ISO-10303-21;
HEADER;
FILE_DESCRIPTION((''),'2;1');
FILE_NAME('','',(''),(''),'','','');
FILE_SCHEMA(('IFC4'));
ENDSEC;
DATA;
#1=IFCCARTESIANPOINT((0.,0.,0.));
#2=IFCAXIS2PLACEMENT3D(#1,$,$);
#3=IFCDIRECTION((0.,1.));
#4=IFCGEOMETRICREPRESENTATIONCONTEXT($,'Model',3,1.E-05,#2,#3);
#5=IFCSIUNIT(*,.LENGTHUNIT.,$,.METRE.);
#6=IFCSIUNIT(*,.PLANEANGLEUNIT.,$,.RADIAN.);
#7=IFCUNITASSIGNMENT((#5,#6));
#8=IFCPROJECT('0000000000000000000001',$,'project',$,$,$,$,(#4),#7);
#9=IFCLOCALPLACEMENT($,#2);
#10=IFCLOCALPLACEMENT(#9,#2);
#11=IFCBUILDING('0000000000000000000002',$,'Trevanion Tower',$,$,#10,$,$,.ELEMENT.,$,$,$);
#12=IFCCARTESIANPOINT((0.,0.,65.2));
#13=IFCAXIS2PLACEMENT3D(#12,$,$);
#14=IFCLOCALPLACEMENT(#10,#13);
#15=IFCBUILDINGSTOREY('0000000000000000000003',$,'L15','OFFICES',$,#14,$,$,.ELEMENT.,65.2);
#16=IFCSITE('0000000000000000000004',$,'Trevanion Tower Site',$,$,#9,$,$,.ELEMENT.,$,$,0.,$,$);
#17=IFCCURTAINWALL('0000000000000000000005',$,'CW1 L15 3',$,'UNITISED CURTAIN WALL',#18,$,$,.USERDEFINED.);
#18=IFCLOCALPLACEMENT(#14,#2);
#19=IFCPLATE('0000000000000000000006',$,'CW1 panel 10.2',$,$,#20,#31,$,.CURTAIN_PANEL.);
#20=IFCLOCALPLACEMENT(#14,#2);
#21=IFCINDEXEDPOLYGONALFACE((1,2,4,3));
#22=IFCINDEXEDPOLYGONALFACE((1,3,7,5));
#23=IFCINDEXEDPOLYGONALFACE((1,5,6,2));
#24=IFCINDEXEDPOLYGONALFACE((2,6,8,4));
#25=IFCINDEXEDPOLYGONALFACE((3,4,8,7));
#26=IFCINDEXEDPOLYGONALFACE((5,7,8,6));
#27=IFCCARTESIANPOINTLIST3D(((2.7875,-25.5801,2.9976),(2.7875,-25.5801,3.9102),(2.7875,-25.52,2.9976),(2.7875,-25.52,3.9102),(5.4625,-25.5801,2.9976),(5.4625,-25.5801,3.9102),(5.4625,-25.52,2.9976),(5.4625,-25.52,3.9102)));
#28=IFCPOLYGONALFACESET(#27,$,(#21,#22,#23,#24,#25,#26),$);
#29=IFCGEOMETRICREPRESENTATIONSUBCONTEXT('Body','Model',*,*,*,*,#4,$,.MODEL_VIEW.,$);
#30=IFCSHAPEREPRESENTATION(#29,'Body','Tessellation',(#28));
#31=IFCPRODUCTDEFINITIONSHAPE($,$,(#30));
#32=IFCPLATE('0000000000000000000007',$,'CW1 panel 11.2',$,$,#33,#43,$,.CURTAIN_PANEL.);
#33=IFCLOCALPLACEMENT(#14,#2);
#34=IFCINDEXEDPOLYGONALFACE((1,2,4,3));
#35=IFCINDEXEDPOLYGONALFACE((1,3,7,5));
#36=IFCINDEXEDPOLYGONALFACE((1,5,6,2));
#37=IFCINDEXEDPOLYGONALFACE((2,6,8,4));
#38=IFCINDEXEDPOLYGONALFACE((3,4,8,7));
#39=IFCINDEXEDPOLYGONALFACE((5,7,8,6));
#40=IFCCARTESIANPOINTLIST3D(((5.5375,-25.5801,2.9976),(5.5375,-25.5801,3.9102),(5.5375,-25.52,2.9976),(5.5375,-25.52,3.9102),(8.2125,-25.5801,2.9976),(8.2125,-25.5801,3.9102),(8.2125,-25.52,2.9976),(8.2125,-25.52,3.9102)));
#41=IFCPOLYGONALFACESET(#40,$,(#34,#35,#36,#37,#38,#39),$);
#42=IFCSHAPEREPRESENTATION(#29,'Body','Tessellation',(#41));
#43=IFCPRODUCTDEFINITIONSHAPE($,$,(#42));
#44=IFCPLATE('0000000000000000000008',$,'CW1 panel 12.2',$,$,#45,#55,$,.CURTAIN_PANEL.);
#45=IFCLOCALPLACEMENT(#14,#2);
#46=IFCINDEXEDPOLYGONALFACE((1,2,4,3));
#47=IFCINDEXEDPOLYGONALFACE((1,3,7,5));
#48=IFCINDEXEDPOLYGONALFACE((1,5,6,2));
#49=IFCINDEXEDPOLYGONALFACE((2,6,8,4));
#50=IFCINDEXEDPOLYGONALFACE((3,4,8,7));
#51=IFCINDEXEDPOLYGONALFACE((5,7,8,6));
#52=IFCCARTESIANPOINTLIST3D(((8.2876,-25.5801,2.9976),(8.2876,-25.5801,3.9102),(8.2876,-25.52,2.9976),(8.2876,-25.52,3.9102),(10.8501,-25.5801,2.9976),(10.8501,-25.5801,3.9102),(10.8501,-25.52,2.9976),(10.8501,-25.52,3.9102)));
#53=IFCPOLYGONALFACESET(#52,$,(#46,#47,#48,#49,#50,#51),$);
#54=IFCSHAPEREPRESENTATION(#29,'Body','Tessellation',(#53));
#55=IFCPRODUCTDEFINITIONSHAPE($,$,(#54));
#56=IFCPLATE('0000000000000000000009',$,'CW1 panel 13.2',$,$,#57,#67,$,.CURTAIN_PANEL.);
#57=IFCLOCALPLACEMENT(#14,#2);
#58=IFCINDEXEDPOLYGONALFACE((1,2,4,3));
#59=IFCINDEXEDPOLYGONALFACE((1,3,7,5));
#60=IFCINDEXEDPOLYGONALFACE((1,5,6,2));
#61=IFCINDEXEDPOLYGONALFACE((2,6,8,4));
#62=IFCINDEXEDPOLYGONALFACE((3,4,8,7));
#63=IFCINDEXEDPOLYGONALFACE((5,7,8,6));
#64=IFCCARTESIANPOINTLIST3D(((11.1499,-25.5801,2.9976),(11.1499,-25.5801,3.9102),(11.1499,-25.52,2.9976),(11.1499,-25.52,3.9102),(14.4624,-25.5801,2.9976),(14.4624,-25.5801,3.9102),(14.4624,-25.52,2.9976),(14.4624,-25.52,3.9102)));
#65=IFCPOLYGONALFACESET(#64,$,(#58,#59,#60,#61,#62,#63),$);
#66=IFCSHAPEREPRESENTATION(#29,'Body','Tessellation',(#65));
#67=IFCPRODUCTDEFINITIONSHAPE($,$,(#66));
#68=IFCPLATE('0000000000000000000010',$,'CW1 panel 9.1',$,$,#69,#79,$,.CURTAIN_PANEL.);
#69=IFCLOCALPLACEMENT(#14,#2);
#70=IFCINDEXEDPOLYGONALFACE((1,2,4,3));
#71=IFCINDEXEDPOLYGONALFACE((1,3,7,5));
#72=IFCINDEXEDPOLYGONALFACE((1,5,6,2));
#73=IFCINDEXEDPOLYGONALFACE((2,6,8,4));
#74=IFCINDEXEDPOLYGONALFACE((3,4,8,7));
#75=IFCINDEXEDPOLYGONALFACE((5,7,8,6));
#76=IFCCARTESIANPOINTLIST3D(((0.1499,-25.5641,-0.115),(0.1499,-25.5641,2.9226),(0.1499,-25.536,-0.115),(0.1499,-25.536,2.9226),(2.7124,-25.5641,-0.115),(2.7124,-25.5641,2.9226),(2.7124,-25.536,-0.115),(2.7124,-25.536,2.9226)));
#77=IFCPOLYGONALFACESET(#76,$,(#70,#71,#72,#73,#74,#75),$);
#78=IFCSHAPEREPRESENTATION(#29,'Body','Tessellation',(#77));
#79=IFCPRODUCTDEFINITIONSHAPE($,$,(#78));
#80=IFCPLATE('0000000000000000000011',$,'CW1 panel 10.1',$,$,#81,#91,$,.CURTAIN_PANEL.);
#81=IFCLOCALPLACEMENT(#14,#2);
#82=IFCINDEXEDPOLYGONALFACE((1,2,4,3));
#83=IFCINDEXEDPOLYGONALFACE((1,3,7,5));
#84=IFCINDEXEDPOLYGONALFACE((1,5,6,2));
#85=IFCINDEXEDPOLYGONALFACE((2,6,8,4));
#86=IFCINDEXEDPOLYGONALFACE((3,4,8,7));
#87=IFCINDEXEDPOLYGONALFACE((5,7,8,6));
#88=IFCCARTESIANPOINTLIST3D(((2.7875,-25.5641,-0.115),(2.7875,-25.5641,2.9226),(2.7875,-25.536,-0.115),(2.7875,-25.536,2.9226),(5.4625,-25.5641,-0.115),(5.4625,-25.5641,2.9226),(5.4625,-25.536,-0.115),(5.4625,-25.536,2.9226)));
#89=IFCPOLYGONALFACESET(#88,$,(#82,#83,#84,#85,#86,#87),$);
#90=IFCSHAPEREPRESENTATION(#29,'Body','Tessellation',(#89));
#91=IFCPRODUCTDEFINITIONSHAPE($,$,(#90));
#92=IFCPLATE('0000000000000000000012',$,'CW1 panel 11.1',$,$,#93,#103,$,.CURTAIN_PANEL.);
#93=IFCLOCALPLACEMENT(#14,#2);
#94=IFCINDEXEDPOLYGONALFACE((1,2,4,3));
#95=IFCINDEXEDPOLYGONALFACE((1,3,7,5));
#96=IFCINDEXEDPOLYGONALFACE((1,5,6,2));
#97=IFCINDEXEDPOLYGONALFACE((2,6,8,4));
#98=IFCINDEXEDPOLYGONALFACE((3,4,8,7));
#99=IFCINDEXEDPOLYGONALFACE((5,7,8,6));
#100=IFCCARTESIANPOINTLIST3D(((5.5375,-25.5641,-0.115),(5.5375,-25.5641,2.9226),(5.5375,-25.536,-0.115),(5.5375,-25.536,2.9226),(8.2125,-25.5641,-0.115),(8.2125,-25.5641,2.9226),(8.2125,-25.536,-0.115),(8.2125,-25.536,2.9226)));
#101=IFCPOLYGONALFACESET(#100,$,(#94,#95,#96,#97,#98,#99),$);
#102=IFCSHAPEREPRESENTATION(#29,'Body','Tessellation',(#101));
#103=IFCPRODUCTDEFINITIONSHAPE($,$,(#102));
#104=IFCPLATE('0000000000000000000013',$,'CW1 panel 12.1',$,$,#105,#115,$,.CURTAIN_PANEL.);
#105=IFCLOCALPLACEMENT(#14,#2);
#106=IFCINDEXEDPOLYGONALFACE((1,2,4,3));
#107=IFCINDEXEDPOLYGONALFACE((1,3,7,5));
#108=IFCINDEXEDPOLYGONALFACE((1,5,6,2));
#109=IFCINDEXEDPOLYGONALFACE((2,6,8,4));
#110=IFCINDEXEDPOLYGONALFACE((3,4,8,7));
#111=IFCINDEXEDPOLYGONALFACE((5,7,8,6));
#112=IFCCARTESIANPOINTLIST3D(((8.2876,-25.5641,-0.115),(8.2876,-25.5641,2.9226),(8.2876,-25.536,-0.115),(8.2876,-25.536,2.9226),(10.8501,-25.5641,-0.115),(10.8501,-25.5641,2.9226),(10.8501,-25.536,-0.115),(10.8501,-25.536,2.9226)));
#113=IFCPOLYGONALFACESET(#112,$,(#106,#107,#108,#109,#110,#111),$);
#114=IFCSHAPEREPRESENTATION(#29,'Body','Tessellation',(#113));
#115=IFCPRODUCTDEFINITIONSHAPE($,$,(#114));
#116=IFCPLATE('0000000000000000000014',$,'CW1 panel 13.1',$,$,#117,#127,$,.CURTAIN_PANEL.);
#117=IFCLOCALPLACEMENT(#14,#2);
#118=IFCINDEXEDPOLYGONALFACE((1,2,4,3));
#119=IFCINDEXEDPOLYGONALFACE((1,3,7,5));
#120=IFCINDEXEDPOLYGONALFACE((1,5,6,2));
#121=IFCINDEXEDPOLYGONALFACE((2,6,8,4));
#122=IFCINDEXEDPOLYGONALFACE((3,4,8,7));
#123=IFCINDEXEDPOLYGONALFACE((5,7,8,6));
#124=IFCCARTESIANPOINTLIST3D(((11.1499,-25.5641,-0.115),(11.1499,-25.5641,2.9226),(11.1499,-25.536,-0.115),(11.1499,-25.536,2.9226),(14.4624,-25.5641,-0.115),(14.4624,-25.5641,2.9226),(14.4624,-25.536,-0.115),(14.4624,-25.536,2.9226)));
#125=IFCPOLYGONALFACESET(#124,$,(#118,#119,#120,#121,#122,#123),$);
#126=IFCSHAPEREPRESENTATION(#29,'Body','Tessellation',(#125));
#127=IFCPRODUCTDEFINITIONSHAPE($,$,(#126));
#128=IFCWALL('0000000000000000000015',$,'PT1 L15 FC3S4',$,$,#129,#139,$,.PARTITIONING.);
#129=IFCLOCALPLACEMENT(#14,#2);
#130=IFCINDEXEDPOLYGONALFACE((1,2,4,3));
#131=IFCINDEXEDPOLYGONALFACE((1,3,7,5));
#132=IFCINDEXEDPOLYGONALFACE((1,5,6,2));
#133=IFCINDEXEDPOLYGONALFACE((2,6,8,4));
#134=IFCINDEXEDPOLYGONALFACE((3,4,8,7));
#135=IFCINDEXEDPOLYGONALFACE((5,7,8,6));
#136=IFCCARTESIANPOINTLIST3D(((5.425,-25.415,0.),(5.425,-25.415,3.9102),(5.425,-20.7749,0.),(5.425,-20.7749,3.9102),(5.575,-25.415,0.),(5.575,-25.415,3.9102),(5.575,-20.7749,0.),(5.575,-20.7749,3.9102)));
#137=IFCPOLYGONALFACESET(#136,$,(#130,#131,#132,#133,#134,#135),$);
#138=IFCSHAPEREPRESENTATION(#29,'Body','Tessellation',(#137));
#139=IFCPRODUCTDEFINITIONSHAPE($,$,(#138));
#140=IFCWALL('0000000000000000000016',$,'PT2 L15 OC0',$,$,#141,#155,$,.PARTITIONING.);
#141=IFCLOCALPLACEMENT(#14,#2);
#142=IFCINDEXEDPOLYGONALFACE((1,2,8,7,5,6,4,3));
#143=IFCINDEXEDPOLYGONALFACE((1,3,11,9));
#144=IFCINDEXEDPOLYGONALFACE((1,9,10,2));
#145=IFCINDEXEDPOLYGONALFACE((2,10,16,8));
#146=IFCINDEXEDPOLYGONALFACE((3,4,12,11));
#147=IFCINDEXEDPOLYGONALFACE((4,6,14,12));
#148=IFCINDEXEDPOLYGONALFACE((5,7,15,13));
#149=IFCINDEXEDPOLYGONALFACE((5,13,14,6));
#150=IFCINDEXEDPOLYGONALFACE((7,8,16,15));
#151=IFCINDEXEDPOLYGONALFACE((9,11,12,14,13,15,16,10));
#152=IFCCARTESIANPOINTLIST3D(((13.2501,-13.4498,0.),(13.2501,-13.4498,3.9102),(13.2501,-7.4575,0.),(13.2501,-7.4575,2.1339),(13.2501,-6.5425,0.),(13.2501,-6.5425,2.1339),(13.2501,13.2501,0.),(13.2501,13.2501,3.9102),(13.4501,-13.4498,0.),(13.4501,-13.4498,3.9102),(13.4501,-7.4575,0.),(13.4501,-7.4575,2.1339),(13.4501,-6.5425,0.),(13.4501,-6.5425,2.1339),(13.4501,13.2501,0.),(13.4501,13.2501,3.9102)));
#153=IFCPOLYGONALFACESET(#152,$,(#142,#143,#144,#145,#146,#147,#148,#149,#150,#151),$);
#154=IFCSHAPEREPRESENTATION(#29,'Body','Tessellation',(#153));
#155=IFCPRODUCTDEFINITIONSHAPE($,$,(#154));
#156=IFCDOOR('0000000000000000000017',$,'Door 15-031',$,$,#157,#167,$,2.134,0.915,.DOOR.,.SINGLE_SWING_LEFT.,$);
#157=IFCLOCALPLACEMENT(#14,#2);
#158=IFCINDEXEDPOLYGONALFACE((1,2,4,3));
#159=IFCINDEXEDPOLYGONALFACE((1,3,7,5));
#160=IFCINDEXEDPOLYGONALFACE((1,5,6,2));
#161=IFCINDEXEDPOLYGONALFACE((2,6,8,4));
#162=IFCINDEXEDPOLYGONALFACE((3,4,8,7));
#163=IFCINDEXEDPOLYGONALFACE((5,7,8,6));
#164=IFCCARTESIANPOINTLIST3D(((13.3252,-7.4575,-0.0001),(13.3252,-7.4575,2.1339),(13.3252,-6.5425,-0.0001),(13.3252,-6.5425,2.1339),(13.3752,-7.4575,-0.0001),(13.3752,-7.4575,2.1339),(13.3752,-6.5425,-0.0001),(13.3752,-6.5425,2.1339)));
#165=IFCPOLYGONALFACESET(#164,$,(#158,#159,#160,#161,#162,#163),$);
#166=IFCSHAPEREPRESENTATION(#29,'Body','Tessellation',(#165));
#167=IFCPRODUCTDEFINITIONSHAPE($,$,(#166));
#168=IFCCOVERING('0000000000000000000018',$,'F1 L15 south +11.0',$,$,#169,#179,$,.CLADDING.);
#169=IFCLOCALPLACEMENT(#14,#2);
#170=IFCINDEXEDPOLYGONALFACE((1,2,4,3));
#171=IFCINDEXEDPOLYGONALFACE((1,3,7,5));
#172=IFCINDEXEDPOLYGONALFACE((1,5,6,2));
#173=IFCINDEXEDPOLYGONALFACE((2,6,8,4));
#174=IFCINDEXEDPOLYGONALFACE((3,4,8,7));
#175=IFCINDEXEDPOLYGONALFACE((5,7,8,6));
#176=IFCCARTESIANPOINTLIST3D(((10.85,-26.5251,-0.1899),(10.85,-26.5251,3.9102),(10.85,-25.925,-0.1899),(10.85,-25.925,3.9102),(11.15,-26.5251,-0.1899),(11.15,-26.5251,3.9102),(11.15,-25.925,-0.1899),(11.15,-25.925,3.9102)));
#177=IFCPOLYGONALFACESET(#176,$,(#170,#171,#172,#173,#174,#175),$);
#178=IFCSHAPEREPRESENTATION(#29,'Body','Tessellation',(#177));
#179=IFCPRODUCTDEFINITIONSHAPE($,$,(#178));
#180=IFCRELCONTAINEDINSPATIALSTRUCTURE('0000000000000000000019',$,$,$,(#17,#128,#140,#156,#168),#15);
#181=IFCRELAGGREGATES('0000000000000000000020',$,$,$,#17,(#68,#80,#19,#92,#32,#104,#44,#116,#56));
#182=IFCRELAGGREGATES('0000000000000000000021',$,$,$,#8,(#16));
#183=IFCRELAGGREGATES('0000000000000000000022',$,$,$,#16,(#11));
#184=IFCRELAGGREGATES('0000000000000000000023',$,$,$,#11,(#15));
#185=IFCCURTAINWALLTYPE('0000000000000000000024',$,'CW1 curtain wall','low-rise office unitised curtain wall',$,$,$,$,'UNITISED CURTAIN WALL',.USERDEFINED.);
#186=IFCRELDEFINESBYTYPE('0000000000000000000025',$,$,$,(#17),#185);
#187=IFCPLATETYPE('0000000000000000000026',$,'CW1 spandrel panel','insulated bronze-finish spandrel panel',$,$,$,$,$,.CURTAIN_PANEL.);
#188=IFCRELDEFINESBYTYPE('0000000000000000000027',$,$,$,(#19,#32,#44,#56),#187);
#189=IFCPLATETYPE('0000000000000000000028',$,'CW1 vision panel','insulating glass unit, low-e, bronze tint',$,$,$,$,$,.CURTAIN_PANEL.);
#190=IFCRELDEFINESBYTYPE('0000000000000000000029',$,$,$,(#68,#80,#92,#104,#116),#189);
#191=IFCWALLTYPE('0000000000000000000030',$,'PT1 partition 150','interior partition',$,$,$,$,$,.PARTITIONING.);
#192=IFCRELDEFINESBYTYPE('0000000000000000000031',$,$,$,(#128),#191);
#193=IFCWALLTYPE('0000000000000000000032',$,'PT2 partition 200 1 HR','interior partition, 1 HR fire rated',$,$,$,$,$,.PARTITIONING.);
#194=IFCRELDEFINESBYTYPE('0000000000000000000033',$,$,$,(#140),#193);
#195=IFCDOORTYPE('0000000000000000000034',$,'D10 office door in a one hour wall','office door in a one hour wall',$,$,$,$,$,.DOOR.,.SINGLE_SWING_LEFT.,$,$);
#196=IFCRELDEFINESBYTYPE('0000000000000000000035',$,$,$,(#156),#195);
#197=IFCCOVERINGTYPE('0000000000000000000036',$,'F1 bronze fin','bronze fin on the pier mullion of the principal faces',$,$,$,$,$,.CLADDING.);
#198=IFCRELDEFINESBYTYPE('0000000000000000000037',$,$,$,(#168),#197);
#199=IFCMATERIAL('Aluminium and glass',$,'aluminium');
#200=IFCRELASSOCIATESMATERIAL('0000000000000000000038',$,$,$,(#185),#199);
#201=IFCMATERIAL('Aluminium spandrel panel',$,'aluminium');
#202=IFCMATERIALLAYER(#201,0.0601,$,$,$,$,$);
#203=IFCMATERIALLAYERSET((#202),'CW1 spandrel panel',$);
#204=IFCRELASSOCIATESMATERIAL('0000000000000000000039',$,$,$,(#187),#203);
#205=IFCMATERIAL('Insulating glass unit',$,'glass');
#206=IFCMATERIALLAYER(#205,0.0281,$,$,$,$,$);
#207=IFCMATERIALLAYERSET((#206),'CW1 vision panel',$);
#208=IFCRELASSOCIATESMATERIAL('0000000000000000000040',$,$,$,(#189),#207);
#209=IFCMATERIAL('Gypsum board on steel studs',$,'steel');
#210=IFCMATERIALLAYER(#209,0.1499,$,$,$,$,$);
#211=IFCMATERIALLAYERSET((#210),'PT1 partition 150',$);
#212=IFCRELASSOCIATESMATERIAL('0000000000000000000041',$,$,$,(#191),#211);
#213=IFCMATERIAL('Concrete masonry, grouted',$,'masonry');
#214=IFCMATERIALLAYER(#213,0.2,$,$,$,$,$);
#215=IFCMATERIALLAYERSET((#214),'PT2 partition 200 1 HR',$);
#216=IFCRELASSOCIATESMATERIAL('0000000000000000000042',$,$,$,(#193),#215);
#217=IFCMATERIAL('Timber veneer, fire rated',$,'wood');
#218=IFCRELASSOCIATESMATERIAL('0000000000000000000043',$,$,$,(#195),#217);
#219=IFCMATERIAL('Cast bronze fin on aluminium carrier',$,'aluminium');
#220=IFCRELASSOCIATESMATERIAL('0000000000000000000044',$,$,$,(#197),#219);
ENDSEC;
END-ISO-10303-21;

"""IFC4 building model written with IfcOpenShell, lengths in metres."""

from ifc_helpers import new_model, si_unit, direction, frame, frame_2d, origin, origin_2d, place, context, subcontext, project, spatial, rectangle, extrude, material, layer, layer_set, type_object, element, fill, aggregate, save


model = new_model("IFC4")

# Units and contexts
model_context = context("Model", 3, precision=1e-05, world=origin(), true_north=direction((0.0, 1.0)))
body_context = subcontext(model_context, "Body", "Model", "MODEL_VIEW")
ifc_project = project(units=[si_unit("LENGTHUNIT", "METRE"), si_unit("PLANEANGLEUNIT", "RADIAN")], contexts=[model_context])

# Site, building, storey
site_placement = place(None, origin())
site = spatial("IfcSite", under=ifc_project, at=site_placement, Name="Trevanion Tower Site", CompositionType="ELEMENT", RefElevation=0.0)
building_placement = place(site_placement, origin())
building = spatial("IfcBuilding", under=site, at=building_placement, Name="Trevanion Tower", CompositionType="ELEMENT")
storey_placement = place(building_placement, frame((0.0, 0.0, 65.2)))
storey = spatial("IfcBuildingStorey", under=building, at=storey_placement, Name="L15", Description="OFFICES", CompositionType="ELEMENT", Elevation=65.2)

# Curtain wall
ifc_material_1 = material(Name="Aluminium and glass", Category="aluminium")
curtain_wall_type = type_object("IfcCurtainWallType", Name="CW1 curtain wall", Description="low-rise office unitised curtain wall", ElementType="UNITISED CURTAIN WALL", PredefinedType="USERDEFINED", material=ifc_material_1)
curtain_wall_placement = place(storey_placement, origin())
curtain_wall = element("IfcCurtainWall", 1, at=curtain_wall_placement, inside=storey, type_object=curtain_wall_type, Name="CW1 L15 3", ObjectType="UNITISED CURTAIN WALL", PredefinedType="USERDEFINED")

# Plates
ifc_material_2 = material(Name="Aluminium spandrel panel", Category="aluminium")
ifc_layer_1 = layer(ifc_material_2, 0.0601)
ifc_layer_set_1 = layer_set([ifc_layer_1], Name="CW1 spandrel panel")
plate_type_1 = type_object("IfcPlateType", Name="CW1 spandrel panel", Description="insulated bronze-finish spandrel panel", PredefinedType="CURTAIN_PANEL", material=ifc_layer_set_1)
plate_1_placement = place(storey_placement, frame((4.125, -25.55, 2.9976), z_axis=(0.0, 0.0, 1.0), x_axis=(1.0, 0.0, 0.0)))
plate_1 = element("IfcPlate", 2, at=plate_1_placement, type_object=plate_type_1, Name="CW1 panel 10.2", PredefinedType="CURTAIN_PANEL", context=body_context, shape_type="SweptSolid", body=[
    extrude(rectangle(XDim=2.675, YDim=0.0601, at=origin_2d()), origin(), (0.0, 0.0, 1.0), 0.9126),
])
plate_2_placement = place(storey_placement, frame((6.875, -25.55, 2.9976), z_axis=(0.0, 0.0, 1.0), x_axis=(1.0, 0.0, 0.0)))
plate_2 = element("IfcPlate", 3, at=plate_2_placement, type_object=plate_type_1, Name="CW1 panel 11.2", PredefinedType="CURTAIN_PANEL", context=body_context, shape_type="SweptSolid", body=[
    extrude(rectangle(XDim=2.675, YDim=0.0601, at=origin_2d()), origin(), (0.0, 0.0, 1.0), 0.9126),
])
plate_3_placement = place(storey_placement, frame((9.5688, -25.55, 2.9976), z_axis=(0.0, 0.0, 1.0), x_axis=(1.0, 0.0, 0.0)))
plate_3 = element("IfcPlate", 4, at=plate_3_placement, type_object=plate_type_1, Name="CW1 panel 12.2", PredefinedType="CURTAIN_PANEL", context=body_context, shape_type="SweptSolid", body=[
    extrude(rectangle(XDim=2.5625, YDim=0.0601, at=origin_2d()), origin(), (0.0, 0.0, 1.0), 0.9126),
])
plate_4_placement = place(storey_placement, frame((12.8062, -25.55, 2.9976), z_axis=(0.0, 0.0, 1.0), x_axis=(1.0, 0.0, 0.0)))
plate_4 = element("IfcPlate", 5, at=plate_4_placement, type_object=plate_type_1, Name="CW1 panel 13.2", PredefinedType="CURTAIN_PANEL", context=body_context, shape_type="SweptSolid", body=[
    extrude(rectangle(XDim=3.3125, YDim=0.0601, at=origin_2d()), origin(), (0.0, 0.0, 1.0), 0.9126),
])
ifc_material_3 = material(Name="Insulating glass unit", Category="glass")
ifc_layer_2 = layer(ifc_material_3, 0.0281)
ifc_layer_set_2 = layer_set([ifc_layer_2], Name="CW1 vision panel")
plate_type_2 = type_object("IfcPlateType", Name="CW1 vision panel", Description="insulating glass unit, low-e, bronze tint", PredefinedType="CURTAIN_PANEL", material=ifc_layer_set_2)
plate_5_placement = place(storey_placement, frame((1.4312, -25.55, -0.115), z_axis=(0.0, 0.0, 1.0), x_axis=(1.0, 0.0, 0.0)))
plate_5 = element("IfcPlate", 6, at=plate_5_placement, type_object=plate_type_2, Name="CW1 panel 9.1", PredefinedType="CURTAIN_PANEL", context=body_context, shape_type="SweptSolid", body=[
    extrude(rectangle(XDim=2.5625, YDim=0.0281, at=origin_2d()), origin(), (0.0, 0.0, 1.0), 3.0376),
])
plate_6_placement = place(storey_placement, frame((4.125, -25.55, -0.115), z_axis=(0.0, 0.0, 1.0), x_axis=(1.0, 0.0, 0.0)))
plate_6 = element("IfcPlate", 7, at=plate_6_placement, type_object=plate_type_2, Name="CW1 panel 10.1", PredefinedType="CURTAIN_PANEL", context=body_context, shape_type="SweptSolid", body=[
    extrude(rectangle(XDim=2.675, YDim=0.0281, at=origin_2d()), origin(), (0.0, 0.0, 1.0), 3.0376),
])
plate_7_placement = place(storey_placement, frame((6.875, -25.55, -0.115), z_axis=(0.0, 0.0, 1.0), x_axis=(1.0, 0.0, 0.0)))
plate_7 = element("IfcPlate", 8, at=plate_7_placement, type_object=plate_type_2, Name="CW1 panel 11.1", PredefinedType="CURTAIN_PANEL", context=body_context, shape_type="SweptSolid", body=[
    extrude(rectangle(XDim=2.675, YDim=0.0281, at=origin_2d()), origin(), (0.0, 0.0, 1.0), 3.0376),
])
plate_8_placement = place(storey_placement, frame((9.5688, -25.55, -0.115), z_axis=(0.0, 0.0, 1.0), x_axis=(1.0, 0.0, 0.0)))
plate_8 = element("IfcPlate", 9, at=plate_8_placement, type_object=plate_type_2, Name="CW1 panel 12.1", PredefinedType="CURTAIN_PANEL", context=body_context, shape_type="SweptSolid", body=[
    extrude(rectangle(XDim=2.5625, YDim=0.0281, at=origin_2d()), origin(), (0.0, 0.0, 1.0), 3.0376),
])
plate_9_placement = place(storey_placement, frame((12.8062, -25.55, -0.115), z_axis=(0.0, 0.0, 1.0), x_axis=(1.0, 0.0, 0.0)))
plate_9 = element("IfcPlate", 10, at=plate_9_placement, type_object=plate_type_2, Name="CW1 panel 13.1", PredefinedType="CURTAIN_PANEL", context=body_context, shape_type="SweptSolid", body=[
    extrude(rectangle(XDim=3.3125, YDim=0.0281, at=origin_2d()), origin(), (0.0, 0.0, 1.0), 3.0376),
])
aggregate(curtain_wall, [plate_5, plate_6, plate_1, plate_7, plate_2, plate_8, plate_3, plate_9, plate_4])

# Wall
ifc_material_4 = material(Name="Gypsum board on steel studs", Category="steel")
ifc_layer_3 = layer(ifc_material_4, 0.1499)
ifc_layer_set_3 = layer_set([ifc_layer_3], Name="PT1 partition 150")
wall_type_1 = type_object("IfcWallType", Name="PT1 partition 150", Description="interior partition", PredefinedType="PARTITIONING", material=ifc_layer_set_3)
wall_1_placement = place(storey_placement, frame((5.5, -20.7749, 0.0), z_axis=(0.0, 0.0, 1.0), x_axis=(0.0, -1.0, 0.0)))
element("IfcWall", 11, at=wall_1_placement, inside=storey, type_object=wall_type_1, Name="PT1 L15 FC3S4", PredefinedType="PARTITIONING", context=body_context, shape_type="SweptSolid", body=[
    extrude(rectangle(XDim=4.6401, YDim=0.1499, at=frame_2d((2.3201, 0.0))), origin(), (0.0, 0.0, 1.0), 3.9102),
])

# Wall, opening, door
ifc_material_5 = material(Name="Concrete masonry, grouted", Category="masonry")
ifc_layer_4 = layer(ifc_material_5, 0.2)
ifc_layer_set_4 = layer_set([ifc_layer_4], Name="PT2 partition 200 1 HR")
wall_type_2 = type_object("IfcWallType", Name="PT2 partition 200 1 HR", Description="interior partition, 1 HR fire rated", PredefinedType="PARTITIONING", material=ifc_layer_set_4)
wall_2_placement = place(storey_placement, frame((13.3501, -13.45, 0.0), z_axis=(0.0, 0.0, 1.0), x_axis=(0.0, 1.0, 0.0)))
wall_2 = element("IfcWall", 12, at=wall_2_placement, inside=storey, type_object=wall_type_2, Name="PT2 L15 OC0", PredefinedType="PARTITIONING", context=body_context, shape_type="SweptSolid", body=[
    extrude(rectangle(XDim=26.7, YDim=0.2, at=frame_2d((13.3501, 0.0))), origin(), (0.0, 0.0, 1.0), 3.9102),
])
opening_placement = place(wall_2_placement, frame((5.9924, 0.0, 0.0)))
opening = element("IfcOpeningElement", 13, at=opening_placement, cuts=wall_2, PredefinedType="OPENING", context=body_context, shape_type="SweptSolid", body=[
    extrude(rectangle(XDim=0.915, YDim=2.134, at=frame_2d((0.4575, 1.0669))), frame((0.0, 0.1099, 0.0), z_axis=(0.0, -1.0, 0.0), x_axis=(1.0, 0.0, 0.0)), (0.0, 0.0, 1.0), 0.22),
])
ifc_material_6 = material(Name="Timber veneer, fire rated", Category="wood")
door_type = type_object("IfcDoorType", Name="D10 office door in a one hour wall", Description="office door in a one hour wall", OperationType="SINGLE_SWING_LEFT", PredefinedType="DOOR", material=ifc_material_6)
door_placement = place(opening_placement, origin())
door = element("IfcDoor", 14, at=door_placement, inside=storey, type_object=door_type, Name="Door 15-031", OperationType="SINGLE_SWING_LEFT", OverallHeight=2.134, OverallWidth=0.915, PredefinedType="DOOR", context=body_context, shape_type="SweptSolid", body=[
    extrude(rectangle(XDim=0.915, YDim=2.134, at=frame_2d((0.4575, 1.0669))), frame((0.0, 0.0249, 0.0), z_axis=(0.0, -1.0, 0.0), x_axis=(1.0, 0.0, 0.0)), (0.0, 0.0, 1.0), 0.05),
])
fill(opening, door)

# Covering
ifc_material_7 = material(Name="Cast bronze fin on aluminium carrier", Category="aluminium")
covering_type = type_object("IfcCoveringType", Name="F1 bronze fin", Description="bronze fin on the pier mullion of the principal faces", PredefinedType="CLADDING", material=ifc_material_7)
covering_placement = place(storey_placement, frame((11.0, -26.2251, -0.1899), z_axis=(0.0, 0.0, 1.0), x_axis=(1.0, 0.0, 0.0)))
element("IfcCovering", 15, at=covering_placement, inside=storey, type_object=covering_type, Name="F1 L15 south +11.0", PredefinedType="CLADDING", context=body_context, shape_type="SweptSolid", body=[
    extrude(rectangle(XDim=0.3, YDim=0.6001, at=origin_2d()), origin(), (0.0, 0.0, 1.0), 4.1001),
])

save(model, "model.ifc")
